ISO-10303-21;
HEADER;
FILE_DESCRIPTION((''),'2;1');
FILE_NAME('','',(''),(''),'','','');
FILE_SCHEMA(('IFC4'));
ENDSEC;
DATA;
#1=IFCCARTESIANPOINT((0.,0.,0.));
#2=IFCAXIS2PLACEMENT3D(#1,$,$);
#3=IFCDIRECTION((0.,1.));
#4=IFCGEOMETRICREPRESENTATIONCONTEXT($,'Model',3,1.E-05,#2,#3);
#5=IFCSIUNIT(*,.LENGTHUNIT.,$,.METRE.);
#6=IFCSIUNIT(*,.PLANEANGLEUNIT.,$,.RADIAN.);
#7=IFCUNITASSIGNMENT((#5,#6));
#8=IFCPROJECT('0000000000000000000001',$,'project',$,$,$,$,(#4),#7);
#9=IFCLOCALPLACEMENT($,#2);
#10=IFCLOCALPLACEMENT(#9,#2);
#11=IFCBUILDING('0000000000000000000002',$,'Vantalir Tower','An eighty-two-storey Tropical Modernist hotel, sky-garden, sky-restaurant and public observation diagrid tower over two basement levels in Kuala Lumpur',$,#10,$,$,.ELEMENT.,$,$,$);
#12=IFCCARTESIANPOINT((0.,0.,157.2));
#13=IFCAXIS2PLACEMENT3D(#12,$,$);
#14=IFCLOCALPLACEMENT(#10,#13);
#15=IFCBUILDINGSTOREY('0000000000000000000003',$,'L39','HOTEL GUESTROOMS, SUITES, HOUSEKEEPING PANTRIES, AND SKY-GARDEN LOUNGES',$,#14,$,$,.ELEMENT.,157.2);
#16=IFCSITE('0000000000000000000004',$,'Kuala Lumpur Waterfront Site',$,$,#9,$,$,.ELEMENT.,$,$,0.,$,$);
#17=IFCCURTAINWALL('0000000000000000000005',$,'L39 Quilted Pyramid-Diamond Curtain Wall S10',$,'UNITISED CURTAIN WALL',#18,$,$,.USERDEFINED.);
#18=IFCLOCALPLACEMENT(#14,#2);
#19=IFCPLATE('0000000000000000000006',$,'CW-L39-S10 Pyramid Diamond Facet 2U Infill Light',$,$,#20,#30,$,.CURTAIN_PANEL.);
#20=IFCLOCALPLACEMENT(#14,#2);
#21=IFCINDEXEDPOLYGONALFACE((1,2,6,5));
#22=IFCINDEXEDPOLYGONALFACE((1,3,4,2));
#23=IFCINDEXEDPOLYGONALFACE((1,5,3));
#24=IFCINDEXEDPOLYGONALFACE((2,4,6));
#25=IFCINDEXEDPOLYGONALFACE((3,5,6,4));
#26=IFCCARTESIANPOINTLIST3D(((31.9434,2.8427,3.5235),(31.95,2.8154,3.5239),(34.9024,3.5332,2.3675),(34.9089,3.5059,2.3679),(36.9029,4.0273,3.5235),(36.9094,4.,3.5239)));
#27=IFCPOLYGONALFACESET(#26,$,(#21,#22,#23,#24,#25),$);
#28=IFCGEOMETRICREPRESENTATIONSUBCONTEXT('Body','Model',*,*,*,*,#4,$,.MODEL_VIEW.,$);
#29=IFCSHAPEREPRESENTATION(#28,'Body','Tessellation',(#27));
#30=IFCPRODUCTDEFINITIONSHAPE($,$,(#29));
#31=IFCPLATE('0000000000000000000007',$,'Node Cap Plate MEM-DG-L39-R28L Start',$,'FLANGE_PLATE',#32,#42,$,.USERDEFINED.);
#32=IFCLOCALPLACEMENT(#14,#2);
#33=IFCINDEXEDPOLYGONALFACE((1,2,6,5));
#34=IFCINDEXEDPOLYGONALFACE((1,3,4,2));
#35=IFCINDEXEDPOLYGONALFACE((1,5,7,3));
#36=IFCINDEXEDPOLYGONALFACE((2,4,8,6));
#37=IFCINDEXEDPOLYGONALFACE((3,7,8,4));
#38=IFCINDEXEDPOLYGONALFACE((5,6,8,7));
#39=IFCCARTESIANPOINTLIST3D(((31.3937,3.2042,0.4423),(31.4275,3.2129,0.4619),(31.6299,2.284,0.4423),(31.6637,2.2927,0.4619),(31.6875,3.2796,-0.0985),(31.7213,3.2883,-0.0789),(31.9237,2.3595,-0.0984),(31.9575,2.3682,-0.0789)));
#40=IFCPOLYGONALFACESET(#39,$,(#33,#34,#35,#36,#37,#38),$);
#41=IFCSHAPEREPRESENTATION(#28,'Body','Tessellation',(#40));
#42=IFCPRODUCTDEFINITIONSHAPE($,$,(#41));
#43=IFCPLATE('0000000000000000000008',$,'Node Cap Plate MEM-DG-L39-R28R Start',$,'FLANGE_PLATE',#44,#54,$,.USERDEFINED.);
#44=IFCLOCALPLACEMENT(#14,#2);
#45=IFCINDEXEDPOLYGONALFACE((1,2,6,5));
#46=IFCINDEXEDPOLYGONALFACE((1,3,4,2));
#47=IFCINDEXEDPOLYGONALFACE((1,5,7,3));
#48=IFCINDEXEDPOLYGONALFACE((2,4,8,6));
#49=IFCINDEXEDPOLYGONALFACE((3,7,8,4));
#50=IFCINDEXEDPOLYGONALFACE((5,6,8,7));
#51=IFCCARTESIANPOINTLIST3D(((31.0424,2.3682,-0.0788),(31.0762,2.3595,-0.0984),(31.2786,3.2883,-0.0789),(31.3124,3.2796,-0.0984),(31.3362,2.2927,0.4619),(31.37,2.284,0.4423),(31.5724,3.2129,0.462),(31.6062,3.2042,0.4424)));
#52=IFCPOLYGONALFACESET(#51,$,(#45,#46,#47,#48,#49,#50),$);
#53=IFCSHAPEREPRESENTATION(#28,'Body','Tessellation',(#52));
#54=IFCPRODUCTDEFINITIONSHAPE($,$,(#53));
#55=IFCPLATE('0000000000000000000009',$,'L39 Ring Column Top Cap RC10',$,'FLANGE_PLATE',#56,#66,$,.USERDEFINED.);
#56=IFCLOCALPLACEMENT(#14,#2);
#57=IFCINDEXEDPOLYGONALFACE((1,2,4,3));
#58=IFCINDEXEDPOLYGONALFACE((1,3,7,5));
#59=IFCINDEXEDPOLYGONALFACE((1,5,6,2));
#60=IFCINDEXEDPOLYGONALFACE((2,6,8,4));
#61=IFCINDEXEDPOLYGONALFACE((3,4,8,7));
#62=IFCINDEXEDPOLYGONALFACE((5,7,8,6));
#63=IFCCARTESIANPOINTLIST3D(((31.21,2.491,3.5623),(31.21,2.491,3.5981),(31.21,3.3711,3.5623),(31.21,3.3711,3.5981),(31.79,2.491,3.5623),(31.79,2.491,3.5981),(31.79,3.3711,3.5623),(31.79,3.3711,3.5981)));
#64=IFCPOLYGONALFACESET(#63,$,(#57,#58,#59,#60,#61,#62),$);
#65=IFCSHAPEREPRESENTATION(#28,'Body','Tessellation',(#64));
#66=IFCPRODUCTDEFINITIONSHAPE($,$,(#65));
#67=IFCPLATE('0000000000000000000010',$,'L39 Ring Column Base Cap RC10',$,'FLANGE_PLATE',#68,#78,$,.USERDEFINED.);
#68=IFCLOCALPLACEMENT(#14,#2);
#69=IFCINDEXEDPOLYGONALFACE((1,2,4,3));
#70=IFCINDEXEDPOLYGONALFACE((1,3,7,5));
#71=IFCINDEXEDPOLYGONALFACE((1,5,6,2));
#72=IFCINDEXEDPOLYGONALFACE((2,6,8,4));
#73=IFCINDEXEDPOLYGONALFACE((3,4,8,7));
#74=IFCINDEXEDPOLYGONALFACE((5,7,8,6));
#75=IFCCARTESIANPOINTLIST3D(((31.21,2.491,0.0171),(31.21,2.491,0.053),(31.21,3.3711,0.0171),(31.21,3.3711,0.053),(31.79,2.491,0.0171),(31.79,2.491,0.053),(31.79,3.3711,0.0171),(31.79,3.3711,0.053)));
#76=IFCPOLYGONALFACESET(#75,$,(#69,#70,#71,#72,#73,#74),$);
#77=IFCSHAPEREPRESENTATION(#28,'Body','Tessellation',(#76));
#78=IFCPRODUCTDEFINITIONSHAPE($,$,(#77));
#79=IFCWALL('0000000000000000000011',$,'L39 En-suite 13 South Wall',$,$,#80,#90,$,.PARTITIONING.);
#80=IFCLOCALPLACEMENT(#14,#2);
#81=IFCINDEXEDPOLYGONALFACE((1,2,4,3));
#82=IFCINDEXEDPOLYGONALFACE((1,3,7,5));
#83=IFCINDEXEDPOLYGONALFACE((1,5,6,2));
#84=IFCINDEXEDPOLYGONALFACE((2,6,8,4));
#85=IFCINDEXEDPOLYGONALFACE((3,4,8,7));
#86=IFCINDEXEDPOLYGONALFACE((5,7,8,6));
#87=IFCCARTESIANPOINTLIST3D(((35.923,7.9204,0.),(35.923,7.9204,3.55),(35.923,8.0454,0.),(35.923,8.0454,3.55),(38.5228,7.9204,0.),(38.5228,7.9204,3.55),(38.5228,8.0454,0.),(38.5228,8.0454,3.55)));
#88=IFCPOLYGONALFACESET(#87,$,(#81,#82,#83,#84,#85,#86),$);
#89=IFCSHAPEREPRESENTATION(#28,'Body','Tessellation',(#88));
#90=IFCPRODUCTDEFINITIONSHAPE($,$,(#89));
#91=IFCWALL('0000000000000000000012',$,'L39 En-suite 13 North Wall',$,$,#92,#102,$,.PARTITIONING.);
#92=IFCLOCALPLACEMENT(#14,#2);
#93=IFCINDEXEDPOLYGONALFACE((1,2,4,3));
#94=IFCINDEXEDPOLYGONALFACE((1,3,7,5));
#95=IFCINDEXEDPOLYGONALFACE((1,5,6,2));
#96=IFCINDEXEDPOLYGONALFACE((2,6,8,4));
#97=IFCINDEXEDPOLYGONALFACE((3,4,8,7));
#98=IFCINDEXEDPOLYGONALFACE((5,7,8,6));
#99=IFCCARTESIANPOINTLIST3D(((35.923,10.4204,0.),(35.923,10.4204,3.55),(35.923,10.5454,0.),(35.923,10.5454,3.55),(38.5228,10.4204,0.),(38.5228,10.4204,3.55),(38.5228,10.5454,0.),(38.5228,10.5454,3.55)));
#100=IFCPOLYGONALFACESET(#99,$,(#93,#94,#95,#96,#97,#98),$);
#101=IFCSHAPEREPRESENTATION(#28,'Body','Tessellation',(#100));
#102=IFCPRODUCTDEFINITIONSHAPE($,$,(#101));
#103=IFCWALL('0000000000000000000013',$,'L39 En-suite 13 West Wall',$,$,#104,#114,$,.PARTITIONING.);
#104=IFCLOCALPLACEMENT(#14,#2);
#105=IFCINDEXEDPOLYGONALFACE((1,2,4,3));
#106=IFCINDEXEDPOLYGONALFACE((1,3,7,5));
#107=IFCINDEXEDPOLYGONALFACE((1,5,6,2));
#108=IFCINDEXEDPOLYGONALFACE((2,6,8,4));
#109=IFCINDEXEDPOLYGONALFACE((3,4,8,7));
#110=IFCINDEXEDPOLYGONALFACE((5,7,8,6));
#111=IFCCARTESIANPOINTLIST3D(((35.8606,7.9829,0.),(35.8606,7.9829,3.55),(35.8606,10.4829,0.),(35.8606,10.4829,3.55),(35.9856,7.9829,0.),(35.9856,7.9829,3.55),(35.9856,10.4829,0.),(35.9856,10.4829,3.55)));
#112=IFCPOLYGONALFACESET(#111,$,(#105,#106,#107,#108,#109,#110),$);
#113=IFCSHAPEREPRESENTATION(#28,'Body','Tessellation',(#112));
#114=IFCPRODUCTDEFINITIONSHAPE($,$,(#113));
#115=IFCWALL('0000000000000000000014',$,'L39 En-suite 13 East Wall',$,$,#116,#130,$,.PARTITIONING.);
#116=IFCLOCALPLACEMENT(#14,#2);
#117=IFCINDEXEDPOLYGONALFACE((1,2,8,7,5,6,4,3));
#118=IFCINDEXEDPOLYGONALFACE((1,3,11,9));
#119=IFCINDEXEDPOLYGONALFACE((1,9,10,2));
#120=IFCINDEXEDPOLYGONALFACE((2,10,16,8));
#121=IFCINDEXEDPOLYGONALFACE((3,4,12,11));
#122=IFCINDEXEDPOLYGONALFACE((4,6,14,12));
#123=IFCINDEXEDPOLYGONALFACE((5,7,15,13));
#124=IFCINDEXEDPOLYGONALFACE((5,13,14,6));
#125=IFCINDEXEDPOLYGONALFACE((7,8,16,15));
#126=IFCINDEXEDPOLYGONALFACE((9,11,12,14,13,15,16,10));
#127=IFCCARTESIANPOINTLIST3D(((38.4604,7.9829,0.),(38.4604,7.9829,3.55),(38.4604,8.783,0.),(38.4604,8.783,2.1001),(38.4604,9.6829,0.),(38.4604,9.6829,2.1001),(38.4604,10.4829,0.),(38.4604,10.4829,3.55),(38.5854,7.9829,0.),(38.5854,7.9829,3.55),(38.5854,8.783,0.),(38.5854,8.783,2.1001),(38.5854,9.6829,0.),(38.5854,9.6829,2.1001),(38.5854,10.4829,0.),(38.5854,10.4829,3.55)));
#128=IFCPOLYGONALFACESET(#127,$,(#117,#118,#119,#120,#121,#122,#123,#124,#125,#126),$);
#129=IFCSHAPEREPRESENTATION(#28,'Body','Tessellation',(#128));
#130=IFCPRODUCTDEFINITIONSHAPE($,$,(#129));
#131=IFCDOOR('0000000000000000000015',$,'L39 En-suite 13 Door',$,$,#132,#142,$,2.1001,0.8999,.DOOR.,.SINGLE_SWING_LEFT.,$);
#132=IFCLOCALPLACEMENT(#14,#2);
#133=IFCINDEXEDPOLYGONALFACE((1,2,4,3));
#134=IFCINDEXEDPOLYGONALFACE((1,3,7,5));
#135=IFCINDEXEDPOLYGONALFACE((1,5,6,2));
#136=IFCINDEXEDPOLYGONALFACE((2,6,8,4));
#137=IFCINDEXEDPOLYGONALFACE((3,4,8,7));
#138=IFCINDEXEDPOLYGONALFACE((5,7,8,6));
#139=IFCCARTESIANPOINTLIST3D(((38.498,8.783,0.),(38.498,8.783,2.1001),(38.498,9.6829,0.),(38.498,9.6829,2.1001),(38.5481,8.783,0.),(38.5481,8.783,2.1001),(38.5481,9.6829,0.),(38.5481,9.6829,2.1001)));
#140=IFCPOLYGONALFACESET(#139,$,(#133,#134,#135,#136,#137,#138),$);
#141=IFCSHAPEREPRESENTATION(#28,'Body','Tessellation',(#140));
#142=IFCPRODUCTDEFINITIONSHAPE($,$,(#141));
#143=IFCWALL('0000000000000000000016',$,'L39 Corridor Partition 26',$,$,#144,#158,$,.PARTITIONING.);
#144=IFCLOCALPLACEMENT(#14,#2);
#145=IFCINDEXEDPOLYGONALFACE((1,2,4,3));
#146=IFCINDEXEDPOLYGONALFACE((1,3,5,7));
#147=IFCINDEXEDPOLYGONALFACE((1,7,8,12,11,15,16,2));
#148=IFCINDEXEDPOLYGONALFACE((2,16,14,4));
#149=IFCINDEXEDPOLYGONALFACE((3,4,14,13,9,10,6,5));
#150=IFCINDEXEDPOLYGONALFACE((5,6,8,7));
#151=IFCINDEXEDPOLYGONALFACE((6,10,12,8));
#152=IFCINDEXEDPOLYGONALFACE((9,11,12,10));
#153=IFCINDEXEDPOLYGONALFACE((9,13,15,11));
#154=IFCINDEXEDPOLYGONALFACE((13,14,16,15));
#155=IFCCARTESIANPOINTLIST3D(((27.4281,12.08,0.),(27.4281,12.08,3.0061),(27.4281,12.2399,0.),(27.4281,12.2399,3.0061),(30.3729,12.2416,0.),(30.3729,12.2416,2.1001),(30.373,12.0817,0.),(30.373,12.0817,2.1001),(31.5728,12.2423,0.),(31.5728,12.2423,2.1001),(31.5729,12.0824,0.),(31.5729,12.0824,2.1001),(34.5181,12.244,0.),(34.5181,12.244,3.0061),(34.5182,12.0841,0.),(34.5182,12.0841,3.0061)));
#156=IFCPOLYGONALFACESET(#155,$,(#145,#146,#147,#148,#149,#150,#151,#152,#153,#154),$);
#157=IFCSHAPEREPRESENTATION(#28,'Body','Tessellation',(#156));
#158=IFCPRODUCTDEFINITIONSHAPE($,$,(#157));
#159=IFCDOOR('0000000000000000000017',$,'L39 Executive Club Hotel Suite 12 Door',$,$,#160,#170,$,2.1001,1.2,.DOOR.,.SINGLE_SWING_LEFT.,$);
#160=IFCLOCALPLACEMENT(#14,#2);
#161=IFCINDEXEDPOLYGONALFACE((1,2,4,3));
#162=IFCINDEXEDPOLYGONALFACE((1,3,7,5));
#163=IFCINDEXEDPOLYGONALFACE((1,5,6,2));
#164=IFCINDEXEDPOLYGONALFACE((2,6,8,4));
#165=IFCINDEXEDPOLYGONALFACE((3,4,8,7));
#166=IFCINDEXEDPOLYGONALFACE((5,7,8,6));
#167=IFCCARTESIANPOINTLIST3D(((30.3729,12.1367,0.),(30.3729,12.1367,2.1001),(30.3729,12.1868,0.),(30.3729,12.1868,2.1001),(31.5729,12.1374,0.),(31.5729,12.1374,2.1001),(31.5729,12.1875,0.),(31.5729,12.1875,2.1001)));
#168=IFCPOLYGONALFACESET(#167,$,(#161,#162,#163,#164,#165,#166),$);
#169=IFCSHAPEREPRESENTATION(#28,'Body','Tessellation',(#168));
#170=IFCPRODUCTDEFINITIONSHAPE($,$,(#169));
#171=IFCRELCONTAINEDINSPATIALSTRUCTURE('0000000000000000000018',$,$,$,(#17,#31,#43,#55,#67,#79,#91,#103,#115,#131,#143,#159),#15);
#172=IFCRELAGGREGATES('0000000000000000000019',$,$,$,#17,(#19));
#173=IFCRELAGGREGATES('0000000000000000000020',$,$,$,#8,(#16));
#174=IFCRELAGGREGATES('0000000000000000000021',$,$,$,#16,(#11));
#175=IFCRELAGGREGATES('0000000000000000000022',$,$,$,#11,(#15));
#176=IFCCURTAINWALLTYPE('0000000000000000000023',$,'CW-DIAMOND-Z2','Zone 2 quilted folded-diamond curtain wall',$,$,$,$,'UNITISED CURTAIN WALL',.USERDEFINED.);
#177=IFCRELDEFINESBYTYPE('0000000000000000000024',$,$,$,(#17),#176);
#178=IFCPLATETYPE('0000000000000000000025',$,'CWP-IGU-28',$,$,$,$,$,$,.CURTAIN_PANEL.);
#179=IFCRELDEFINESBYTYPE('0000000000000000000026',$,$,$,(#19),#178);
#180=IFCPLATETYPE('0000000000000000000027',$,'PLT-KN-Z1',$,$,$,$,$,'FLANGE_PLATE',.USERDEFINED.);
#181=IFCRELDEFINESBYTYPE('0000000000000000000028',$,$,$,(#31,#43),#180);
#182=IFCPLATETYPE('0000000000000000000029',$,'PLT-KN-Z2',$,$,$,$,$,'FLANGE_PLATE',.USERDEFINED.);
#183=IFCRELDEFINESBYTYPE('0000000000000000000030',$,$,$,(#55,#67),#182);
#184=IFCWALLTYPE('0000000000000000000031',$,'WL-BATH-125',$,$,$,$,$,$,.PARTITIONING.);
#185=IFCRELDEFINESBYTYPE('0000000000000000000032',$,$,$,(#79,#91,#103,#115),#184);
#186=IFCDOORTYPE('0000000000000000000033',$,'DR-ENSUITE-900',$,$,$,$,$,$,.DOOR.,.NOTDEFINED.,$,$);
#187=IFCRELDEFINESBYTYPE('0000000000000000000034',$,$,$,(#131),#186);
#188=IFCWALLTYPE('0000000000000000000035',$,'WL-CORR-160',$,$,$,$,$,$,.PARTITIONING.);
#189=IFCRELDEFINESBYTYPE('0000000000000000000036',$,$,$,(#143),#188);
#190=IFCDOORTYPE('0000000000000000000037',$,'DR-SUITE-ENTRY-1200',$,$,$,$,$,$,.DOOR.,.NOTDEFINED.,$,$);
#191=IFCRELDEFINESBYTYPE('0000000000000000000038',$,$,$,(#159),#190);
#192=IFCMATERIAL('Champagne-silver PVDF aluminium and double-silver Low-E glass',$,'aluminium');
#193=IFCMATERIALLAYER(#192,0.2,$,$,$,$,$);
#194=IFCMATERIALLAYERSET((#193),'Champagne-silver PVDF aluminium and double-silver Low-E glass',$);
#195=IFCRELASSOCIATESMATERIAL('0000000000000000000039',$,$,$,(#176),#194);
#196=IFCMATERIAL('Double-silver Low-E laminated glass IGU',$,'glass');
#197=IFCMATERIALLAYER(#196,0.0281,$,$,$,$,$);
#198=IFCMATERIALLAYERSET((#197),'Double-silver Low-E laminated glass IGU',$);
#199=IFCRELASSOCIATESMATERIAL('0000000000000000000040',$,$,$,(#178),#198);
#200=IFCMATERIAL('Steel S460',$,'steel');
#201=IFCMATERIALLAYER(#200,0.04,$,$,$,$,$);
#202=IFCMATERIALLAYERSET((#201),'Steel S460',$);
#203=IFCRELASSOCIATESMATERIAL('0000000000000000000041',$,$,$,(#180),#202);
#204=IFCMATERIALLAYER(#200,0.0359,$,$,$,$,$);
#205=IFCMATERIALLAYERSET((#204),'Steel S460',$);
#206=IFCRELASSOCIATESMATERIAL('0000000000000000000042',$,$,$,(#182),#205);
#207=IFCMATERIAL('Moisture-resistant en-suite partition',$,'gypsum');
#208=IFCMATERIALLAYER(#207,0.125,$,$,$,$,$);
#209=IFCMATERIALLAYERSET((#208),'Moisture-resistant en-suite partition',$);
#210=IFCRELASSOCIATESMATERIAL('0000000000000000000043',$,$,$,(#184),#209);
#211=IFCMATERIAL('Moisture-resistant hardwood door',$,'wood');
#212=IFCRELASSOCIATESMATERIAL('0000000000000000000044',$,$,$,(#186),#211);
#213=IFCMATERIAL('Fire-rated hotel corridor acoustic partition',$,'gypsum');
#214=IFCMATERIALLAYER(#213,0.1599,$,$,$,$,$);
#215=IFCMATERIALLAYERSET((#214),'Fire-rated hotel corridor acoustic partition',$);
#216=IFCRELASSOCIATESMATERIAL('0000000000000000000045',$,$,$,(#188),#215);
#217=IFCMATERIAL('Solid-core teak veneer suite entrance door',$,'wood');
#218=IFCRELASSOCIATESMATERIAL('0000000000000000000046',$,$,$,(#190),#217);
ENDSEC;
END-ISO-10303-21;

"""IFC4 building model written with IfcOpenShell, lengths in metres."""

from ifc_helpers import new_model, si_unit, direction, frame, frame_2d, origin, place, context, subcontext, project, spatial, polyline, rectangle, outline, extrude, material, layer, layer_set, type_object, element, fill, aggregate, save


model = new_model("IFC4")

# Units and contexts
model_context = context("Model", 3, precision=1e-05, world=origin(), true_north=direction((0.0, 1.0)))
body_context = subcontext(model_context, "Body", "Model", "MODEL_VIEW")
ifc_project = project(units=[si_unit("LENGTHUNIT", "METRE"), si_unit("PLANEANGLEUNIT", "RADIAN")], contexts=[model_context])

# Site, building, storey
site_placement = place(None, origin())
site = spatial("IfcSite", under=ifc_project, at=site_placement, Name="Kuala Lumpur Waterfront Site", CompositionType="ELEMENT", RefElevation=0.0)
building_placement = place(site_placement, origin())
building = spatial("IfcBuilding", under=site, at=building_placement, Name="Vantalir Tower", Description="An eighty-two-storey Tropical Modernist hotel, sky-garden, sky-restaurant and public observation diagrid tower over two basement levels in Kuala Lumpur", CompositionType="ELEMENT")
storey_placement = place(building_placement, frame((0.0, 0.0, 157.2)))
storey = spatial("IfcBuildingStorey", under=building, at=storey_placement, Name="L39", Description="HOTEL GUESTROOMS, SUITES, HOUSEKEEPING PANTRIES, AND SKY-GARDEN LOUNGES", CompositionType="ELEMENT", Elevation=157.2)

# Shared definitions
ifc_material_1 = material(Name="Steel S460", Category="steel")

# Shared definitions
ifc_material_2 = material(Name="Champagne-silver PVDF aluminium and double-silver Low-E glass", Category="aluminium")
ifc_layer_1 = layer(ifc_material_2, 0.2)
ifc_layer_set_1 = layer_set([ifc_layer_1], Name="Champagne-silver PVDF aluminium and double-silver Low-E glass")
curtain_wall_type = type_object("IfcCurtainWallType", Name="CW-DIAMOND-Z2", Description="Zone 2 quilted folded-diamond curtain wall", ElementType="UNITISED CURTAIN WALL", PredefinedType="USERDEFINED", material=ifc_layer_set_1)

# Curtain wall
curtain_wall_1_placement = place(storey_placement, origin())
curtain_wall_1 = element("IfcCurtainWall", 1, at=curtain_wall_1_placement, inside=storey, type_object=curtain_wall_type, Name="L39 Quilted Pyramid-Diamond Curtain Wall S10", ObjectType="UNITISED CURTAIN WALL", PredefinedType="USERDEFINED")

# Plate
ifc_material_3 = material(Name="Double-silver Low-E laminated glass IGU", Category="glass")
ifc_layer_2 = layer(ifc_material_3, 0.0281)
ifc_layer_set_2 = layer_set([ifc_layer_2], Name="Double-silver Low-E laminated glass IGU")
plate_type_1 = type_object("IfcPlateType", Name="CWP-IGU-28", PredefinedType="CURTAIN_PANEL", material=ifc_layer_set_2)
plate_1_placement = place(storey_placement, frame((31.95, 2.8154, 3.5239), z_axis=(0.232293, -0.972549, 0.013733), x_axis=(0.972641, 0.232315, 0.0)))
plate_1 = element("IfcPlate", 2, at=plate_1_placement, type_object=plate_type_1, Name="CW-L39-S10 Pyramid Diamond Facet 2U Infill Light", PredefinedType="CURTAIN_PANEL", context=body_context, shape_type="SweptSolid", body=[
    extrude(outline(polyline([(0.0, 0.0), (5.099, 0.0), (3.0384, -1.1561), (0.0, 0.0)])), origin(), (0.0, 0.0, -1.0), 0.0281),
])
aggregate(curtain_wall_1, [plate_1])

# Plates
ifc_layer_3 = layer(ifc_material_1, 0.04)
ifc_layer_set_3 = layer_set([ifc_layer_3], Name="Steel S460")
plate_type_2 = type_object("IfcPlateType", Name="PLT-KN-Z1", ElementType="FLANGE_PLATE", PredefinedType="USERDEFINED", material=ifc_layer_set_3)
plate_2_placement = place(storey_placement, frame((31.9575, 2.3682, -0.0789), z_axis=(0.844759, 0.216849, 0.489243), x_axis=(-0.248609, 0.968604, -0.000053)))
element("IfcPlate", 3, at=plate_2_placement, inside=storey, type_object=plate_type_2, Name="Node Cap Plate MEM-DG-L39-R28L Start", ObjectType="FLANGE_PLATE", PredefinedType="USERDEFINED", context=body_context, shape_type="SweptSolid", body=[
    extrude(outline(polyline([(0.0, 0.0), (0.95, 0.0), (0.9499, 0.6201), (-0.0001, 0.62), (0.0, 0.0)])), origin(), (0.0, 0.0, -1.0), 0.04),
])
plate_3_placement = place(storey_placement, frame((31.2786, 3.2883, -0.0789), z_axis=(-0.844759, 0.216849, 0.489243), x_axis=(-0.248609, -0.968604, 0.000053)))
element("IfcPlate", 4, at=plate_3_placement, inside=storey, type_object=plate_type_2, Name="Node Cap Plate MEM-DG-L39-R28R Start", ObjectType="FLANGE_PLATE", PredefinedType="USERDEFINED", context=body_context, shape_type="SweptSolid", body=[
    extrude(outline(polyline([(0.0, 0.0), (0.95, 0.0), (0.9501, 0.62), (0.0, 0.6201), (0.0, 0.0)])), origin(), (0.0, 0.0, -1.0), 0.04),
])
ifc_layer_4 = layer(ifc_material_1, 0.0359)
ifc_layer_set_4 = layer_set([ifc_layer_4], Name="Steel S460")
plate_type_3 = type_object("IfcPlateType", Name="PLT-KN-Z2", ElementType="FLANGE_PLATE", PredefinedType="USERDEFINED", material=ifc_layer_set_4)
for number, where, z_axis, x_axis, name in (
    (5, (31.21, 3.3711, 3.5981), (0.0, 0.0, 1.0), (0.0, -1.0, 0.0), "L39 Ring Column Top Cap RC10"),
    (6, (31.21, 3.3711, 0.053), (0.0, 0.0, 1.0), (0.0, -1.0, 0.0), "L39 Ring Column Base Cap RC10"),
):
    element("IfcPlate", number, at=place(storey_placement, frame(where, z_axis=z_axis, x_axis=x_axis)), inside=storey, type_object=plate_type_3, Name=name, ObjectType="FLANGE_PLATE", PredefinedType="USERDEFINED", context=body_context, shape_type="SweptSolid", body=[
        extrude(outline(polyline([(0.0, 0.0), (0.8801, 0.0), (0.8801, 0.5801), (0.0, 0.5801), (0.0, 0.0)])), origin(), (0.0, 0.0, -1.0), 0.0359),
    ])

# Walls
ifc_material_4 = material(Name="Moisture-resistant en-suite partition", Category="gypsum")
ifc_layer_5 = layer(ifc_material_4, 0.125)
ifc_layer_set_5 = layer_set([ifc_layer_5], Name="Moisture-resistant en-suite partition")
wall_type_1 = type_object("IfcWallType", Name="WL-BATH-125", PredefinedType="PARTITIONING", material=ifc_layer_set_5)
for number, where, z_axis, x_axis, name in (
    (7, (35.9231, 7.9829, 0.0), (0.0, 0.0, 1.0), (1.0, 0.0, 0.0), "L39 En-suite 13 South Wall"),
    (8, (35.9231, 10.4829, 0.0), (0.0, 0.0, 1.0), (1.0, 0.0, 0.0), "L39 En-suite 13 North Wall"),
):
    element("IfcWall", number, at=place(storey_placement, frame(where, z_axis=z_axis, x_axis=x_axis)), inside=storey, type_object=wall_type_1, Name=name, PredefinedType="PARTITIONING", context=body_context, shape_type="SweptSolid", body=[
        extrude(rectangle(XDim=2.5999, YDim=0.125, at=frame_2d((1.2998, 0.0))), origin(), (0.0, 0.0, 1.0), 3.55),
    ])
wall_1_placement = place(storey_placement, frame((35.9231, 7.9829, 0.0), z_axis=(0.0, 0.0, 1.0), x_axis=(0.0, 1.0, 0.0)))
element("IfcWall", 9, at=wall_1_placement, inside=storey, type_object=wall_type_1, Name="L39 En-suite 13 West Wall", PredefinedType="PARTITIONING", context=body_context, shape_type="SweptSolid", body=[
    extrude(rectangle(XDim=2.5, YDim=0.125, at=frame_2d((1.25, 0.0))), origin(), (0.0, 0.0, 1.0), 3.55),
])

# Walls, openings, doors
wall_2_placement = place(storey_placement, frame((38.5229, 7.9829, 0.0), z_axis=(0.0, 0.0, 1.0), x_axis=(0.0, 1.0, 0.0)))
wall_2 = element("IfcWall", 10, at=wall_2_placement, inside=storey, type_object=wall_type_1, Name="L39 En-suite 13 East Wall", PredefinedType="PARTITIONING", context=body_context, shape_type="SweptSolid", body=[
    extrude(rectangle(XDim=2.5, YDim=0.125, at=frame_2d((1.25, 0.0))), origin(), (0.0, 0.0, 1.0), 3.55),
])
opening_1_placement = place(wall_2_placement, frame((0.8, 0.0, 0.0)))
opening_1 = element("IfcOpeningElement", 11, at=opening_1_placement, cuts=wall_2, PredefinedType="OPENING", context=body_context, shape_type="SweptSolid", body=[
    extrude(rectangle(XDim=0.8999, YDim=2.1001, at=frame_2d((0.45, 1.05))), frame((0.0, 0.0725, 0.0), z_axis=(0.0, -1.0, 0.0), x_axis=(1.0, 0.0, 0.0)), (0.0, 0.0, 1.0), 0.145),
])
ifc_material_5 = material(Name="Moisture-resistant hardwood door", Category="wood")
door_type_1 = type_object("IfcDoorType", Name="DR-ENSUITE-900", OperationType="NOTDEFINED", PredefinedType="DOOR", material=ifc_material_5)
door_1_placement = place(opening_1_placement, origin())
door_1 = element("IfcDoor", 12, at=door_1_placement, inside=storey, type_object=door_type_1, Name="L39 En-suite 13 Door", OperationType="SINGLE_SWING_LEFT", OverallHeight=2.1001, OverallWidth=0.8999, PredefinedType="DOOR", context=body_context, shape_type="SweptSolid", body=[
    extrude(rectangle(XDim=0.8999, YDim=2.1001, at=frame_2d((0.45, 1.05))), frame((0.0, 0.0249, 0.0), z_axis=(0.0, -1.0, 0.0), x_axis=(1.0, 0.0, 0.0)), (0.0, 0.0, 1.0), 0.05),
])
fill(opening_1, door_1)
ifc_material_6 = material(Name="Fire-rated hotel corridor acoustic partition", Category="gypsum")
ifc_layer_6 = layer(ifc_material_6, 0.1599)
ifc_layer_set_6 = layer_set([ifc_layer_6], Name="Fire-rated hotel corridor acoustic partition")
wall_type_2 = type_object("IfcWallType", Name="WL-CORR-160", PredefinedType="PARTITIONING", material=ifc_layer_set_6)
wall_3_placement = place(storey_placement, frame((34.5181, 12.1641, 0.0), z_axis=(0.0, 0.0, 1.0), x_axis=(-1.0, -0.000585, 0.0)))
wall_3 = element("IfcWall", 13, at=wall_3_placement, inside=storey, type_object=wall_type_2, Name="L39 Corridor Partition 26", PredefinedType="PARTITIONING", context=body_context, shape_type="SweptSolid", body=[
    extrude(rectangle(XDim=7.0901, YDim=0.1599, at=frame_2d((3.5449, 0.0))), origin(), (0.0, 0.0, 1.0), 3.0061),
])
opening_2_placement = place(wall_3_placement, frame((2.9451, 0.0, 0.0)))
opening_2 = element("IfcOpeningElement", 14, at=opening_2_placement, cuts=wall_3, PredefinedType="OPENING", context=body_context, shape_type="SweptSolid", body=[
    extrude(rectangle(XDim=1.2, YDim=2.1001, at=frame_2d((0.6001, 1.05))), frame((0.0, 0.0898, 0.0), z_axis=(0.0, -1.0, 0.0), x_axis=(1.0, 0.0, 0.0)), (0.0, 0.0, 1.0), 0.1799),
])
ifc_material_7 = material(Name="Solid-core teak veneer suite entrance door", Category="wood")
door_type_2 = type_object("IfcDoorType", Name="DR-SUITE-ENTRY-1200", OperationType="NOTDEFINED", PredefinedType="DOOR", material=ifc_material_7)
door_2_placement = place(opening_2_placement, origin())
door_2 = element("IfcDoor", 15, at=door_2_placement, inside=storey, type_object=door_type_2, Name="L39 Executive Club Hotel Suite 12 Door", OperationType="SINGLE_SWING_LEFT", OverallHeight=2.1001, OverallWidth=1.2, PredefinedType="DOOR", context=body_context, shape_type="SweptSolid", body=[
    extrude(rectangle(XDim=1.2, YDim=2.1001, at=frame_2d((0.6001, 1.05))), frame((0.0, 0.0249, 0.0), z_axis=(0.0, -1.0, 0.0), x_axis=(1.0, 0.0, 0.0)), (0.0, 0.0, 1.0), 0.05),
])
fill(opening_2, door_2)

save(model, "model.ifc")
